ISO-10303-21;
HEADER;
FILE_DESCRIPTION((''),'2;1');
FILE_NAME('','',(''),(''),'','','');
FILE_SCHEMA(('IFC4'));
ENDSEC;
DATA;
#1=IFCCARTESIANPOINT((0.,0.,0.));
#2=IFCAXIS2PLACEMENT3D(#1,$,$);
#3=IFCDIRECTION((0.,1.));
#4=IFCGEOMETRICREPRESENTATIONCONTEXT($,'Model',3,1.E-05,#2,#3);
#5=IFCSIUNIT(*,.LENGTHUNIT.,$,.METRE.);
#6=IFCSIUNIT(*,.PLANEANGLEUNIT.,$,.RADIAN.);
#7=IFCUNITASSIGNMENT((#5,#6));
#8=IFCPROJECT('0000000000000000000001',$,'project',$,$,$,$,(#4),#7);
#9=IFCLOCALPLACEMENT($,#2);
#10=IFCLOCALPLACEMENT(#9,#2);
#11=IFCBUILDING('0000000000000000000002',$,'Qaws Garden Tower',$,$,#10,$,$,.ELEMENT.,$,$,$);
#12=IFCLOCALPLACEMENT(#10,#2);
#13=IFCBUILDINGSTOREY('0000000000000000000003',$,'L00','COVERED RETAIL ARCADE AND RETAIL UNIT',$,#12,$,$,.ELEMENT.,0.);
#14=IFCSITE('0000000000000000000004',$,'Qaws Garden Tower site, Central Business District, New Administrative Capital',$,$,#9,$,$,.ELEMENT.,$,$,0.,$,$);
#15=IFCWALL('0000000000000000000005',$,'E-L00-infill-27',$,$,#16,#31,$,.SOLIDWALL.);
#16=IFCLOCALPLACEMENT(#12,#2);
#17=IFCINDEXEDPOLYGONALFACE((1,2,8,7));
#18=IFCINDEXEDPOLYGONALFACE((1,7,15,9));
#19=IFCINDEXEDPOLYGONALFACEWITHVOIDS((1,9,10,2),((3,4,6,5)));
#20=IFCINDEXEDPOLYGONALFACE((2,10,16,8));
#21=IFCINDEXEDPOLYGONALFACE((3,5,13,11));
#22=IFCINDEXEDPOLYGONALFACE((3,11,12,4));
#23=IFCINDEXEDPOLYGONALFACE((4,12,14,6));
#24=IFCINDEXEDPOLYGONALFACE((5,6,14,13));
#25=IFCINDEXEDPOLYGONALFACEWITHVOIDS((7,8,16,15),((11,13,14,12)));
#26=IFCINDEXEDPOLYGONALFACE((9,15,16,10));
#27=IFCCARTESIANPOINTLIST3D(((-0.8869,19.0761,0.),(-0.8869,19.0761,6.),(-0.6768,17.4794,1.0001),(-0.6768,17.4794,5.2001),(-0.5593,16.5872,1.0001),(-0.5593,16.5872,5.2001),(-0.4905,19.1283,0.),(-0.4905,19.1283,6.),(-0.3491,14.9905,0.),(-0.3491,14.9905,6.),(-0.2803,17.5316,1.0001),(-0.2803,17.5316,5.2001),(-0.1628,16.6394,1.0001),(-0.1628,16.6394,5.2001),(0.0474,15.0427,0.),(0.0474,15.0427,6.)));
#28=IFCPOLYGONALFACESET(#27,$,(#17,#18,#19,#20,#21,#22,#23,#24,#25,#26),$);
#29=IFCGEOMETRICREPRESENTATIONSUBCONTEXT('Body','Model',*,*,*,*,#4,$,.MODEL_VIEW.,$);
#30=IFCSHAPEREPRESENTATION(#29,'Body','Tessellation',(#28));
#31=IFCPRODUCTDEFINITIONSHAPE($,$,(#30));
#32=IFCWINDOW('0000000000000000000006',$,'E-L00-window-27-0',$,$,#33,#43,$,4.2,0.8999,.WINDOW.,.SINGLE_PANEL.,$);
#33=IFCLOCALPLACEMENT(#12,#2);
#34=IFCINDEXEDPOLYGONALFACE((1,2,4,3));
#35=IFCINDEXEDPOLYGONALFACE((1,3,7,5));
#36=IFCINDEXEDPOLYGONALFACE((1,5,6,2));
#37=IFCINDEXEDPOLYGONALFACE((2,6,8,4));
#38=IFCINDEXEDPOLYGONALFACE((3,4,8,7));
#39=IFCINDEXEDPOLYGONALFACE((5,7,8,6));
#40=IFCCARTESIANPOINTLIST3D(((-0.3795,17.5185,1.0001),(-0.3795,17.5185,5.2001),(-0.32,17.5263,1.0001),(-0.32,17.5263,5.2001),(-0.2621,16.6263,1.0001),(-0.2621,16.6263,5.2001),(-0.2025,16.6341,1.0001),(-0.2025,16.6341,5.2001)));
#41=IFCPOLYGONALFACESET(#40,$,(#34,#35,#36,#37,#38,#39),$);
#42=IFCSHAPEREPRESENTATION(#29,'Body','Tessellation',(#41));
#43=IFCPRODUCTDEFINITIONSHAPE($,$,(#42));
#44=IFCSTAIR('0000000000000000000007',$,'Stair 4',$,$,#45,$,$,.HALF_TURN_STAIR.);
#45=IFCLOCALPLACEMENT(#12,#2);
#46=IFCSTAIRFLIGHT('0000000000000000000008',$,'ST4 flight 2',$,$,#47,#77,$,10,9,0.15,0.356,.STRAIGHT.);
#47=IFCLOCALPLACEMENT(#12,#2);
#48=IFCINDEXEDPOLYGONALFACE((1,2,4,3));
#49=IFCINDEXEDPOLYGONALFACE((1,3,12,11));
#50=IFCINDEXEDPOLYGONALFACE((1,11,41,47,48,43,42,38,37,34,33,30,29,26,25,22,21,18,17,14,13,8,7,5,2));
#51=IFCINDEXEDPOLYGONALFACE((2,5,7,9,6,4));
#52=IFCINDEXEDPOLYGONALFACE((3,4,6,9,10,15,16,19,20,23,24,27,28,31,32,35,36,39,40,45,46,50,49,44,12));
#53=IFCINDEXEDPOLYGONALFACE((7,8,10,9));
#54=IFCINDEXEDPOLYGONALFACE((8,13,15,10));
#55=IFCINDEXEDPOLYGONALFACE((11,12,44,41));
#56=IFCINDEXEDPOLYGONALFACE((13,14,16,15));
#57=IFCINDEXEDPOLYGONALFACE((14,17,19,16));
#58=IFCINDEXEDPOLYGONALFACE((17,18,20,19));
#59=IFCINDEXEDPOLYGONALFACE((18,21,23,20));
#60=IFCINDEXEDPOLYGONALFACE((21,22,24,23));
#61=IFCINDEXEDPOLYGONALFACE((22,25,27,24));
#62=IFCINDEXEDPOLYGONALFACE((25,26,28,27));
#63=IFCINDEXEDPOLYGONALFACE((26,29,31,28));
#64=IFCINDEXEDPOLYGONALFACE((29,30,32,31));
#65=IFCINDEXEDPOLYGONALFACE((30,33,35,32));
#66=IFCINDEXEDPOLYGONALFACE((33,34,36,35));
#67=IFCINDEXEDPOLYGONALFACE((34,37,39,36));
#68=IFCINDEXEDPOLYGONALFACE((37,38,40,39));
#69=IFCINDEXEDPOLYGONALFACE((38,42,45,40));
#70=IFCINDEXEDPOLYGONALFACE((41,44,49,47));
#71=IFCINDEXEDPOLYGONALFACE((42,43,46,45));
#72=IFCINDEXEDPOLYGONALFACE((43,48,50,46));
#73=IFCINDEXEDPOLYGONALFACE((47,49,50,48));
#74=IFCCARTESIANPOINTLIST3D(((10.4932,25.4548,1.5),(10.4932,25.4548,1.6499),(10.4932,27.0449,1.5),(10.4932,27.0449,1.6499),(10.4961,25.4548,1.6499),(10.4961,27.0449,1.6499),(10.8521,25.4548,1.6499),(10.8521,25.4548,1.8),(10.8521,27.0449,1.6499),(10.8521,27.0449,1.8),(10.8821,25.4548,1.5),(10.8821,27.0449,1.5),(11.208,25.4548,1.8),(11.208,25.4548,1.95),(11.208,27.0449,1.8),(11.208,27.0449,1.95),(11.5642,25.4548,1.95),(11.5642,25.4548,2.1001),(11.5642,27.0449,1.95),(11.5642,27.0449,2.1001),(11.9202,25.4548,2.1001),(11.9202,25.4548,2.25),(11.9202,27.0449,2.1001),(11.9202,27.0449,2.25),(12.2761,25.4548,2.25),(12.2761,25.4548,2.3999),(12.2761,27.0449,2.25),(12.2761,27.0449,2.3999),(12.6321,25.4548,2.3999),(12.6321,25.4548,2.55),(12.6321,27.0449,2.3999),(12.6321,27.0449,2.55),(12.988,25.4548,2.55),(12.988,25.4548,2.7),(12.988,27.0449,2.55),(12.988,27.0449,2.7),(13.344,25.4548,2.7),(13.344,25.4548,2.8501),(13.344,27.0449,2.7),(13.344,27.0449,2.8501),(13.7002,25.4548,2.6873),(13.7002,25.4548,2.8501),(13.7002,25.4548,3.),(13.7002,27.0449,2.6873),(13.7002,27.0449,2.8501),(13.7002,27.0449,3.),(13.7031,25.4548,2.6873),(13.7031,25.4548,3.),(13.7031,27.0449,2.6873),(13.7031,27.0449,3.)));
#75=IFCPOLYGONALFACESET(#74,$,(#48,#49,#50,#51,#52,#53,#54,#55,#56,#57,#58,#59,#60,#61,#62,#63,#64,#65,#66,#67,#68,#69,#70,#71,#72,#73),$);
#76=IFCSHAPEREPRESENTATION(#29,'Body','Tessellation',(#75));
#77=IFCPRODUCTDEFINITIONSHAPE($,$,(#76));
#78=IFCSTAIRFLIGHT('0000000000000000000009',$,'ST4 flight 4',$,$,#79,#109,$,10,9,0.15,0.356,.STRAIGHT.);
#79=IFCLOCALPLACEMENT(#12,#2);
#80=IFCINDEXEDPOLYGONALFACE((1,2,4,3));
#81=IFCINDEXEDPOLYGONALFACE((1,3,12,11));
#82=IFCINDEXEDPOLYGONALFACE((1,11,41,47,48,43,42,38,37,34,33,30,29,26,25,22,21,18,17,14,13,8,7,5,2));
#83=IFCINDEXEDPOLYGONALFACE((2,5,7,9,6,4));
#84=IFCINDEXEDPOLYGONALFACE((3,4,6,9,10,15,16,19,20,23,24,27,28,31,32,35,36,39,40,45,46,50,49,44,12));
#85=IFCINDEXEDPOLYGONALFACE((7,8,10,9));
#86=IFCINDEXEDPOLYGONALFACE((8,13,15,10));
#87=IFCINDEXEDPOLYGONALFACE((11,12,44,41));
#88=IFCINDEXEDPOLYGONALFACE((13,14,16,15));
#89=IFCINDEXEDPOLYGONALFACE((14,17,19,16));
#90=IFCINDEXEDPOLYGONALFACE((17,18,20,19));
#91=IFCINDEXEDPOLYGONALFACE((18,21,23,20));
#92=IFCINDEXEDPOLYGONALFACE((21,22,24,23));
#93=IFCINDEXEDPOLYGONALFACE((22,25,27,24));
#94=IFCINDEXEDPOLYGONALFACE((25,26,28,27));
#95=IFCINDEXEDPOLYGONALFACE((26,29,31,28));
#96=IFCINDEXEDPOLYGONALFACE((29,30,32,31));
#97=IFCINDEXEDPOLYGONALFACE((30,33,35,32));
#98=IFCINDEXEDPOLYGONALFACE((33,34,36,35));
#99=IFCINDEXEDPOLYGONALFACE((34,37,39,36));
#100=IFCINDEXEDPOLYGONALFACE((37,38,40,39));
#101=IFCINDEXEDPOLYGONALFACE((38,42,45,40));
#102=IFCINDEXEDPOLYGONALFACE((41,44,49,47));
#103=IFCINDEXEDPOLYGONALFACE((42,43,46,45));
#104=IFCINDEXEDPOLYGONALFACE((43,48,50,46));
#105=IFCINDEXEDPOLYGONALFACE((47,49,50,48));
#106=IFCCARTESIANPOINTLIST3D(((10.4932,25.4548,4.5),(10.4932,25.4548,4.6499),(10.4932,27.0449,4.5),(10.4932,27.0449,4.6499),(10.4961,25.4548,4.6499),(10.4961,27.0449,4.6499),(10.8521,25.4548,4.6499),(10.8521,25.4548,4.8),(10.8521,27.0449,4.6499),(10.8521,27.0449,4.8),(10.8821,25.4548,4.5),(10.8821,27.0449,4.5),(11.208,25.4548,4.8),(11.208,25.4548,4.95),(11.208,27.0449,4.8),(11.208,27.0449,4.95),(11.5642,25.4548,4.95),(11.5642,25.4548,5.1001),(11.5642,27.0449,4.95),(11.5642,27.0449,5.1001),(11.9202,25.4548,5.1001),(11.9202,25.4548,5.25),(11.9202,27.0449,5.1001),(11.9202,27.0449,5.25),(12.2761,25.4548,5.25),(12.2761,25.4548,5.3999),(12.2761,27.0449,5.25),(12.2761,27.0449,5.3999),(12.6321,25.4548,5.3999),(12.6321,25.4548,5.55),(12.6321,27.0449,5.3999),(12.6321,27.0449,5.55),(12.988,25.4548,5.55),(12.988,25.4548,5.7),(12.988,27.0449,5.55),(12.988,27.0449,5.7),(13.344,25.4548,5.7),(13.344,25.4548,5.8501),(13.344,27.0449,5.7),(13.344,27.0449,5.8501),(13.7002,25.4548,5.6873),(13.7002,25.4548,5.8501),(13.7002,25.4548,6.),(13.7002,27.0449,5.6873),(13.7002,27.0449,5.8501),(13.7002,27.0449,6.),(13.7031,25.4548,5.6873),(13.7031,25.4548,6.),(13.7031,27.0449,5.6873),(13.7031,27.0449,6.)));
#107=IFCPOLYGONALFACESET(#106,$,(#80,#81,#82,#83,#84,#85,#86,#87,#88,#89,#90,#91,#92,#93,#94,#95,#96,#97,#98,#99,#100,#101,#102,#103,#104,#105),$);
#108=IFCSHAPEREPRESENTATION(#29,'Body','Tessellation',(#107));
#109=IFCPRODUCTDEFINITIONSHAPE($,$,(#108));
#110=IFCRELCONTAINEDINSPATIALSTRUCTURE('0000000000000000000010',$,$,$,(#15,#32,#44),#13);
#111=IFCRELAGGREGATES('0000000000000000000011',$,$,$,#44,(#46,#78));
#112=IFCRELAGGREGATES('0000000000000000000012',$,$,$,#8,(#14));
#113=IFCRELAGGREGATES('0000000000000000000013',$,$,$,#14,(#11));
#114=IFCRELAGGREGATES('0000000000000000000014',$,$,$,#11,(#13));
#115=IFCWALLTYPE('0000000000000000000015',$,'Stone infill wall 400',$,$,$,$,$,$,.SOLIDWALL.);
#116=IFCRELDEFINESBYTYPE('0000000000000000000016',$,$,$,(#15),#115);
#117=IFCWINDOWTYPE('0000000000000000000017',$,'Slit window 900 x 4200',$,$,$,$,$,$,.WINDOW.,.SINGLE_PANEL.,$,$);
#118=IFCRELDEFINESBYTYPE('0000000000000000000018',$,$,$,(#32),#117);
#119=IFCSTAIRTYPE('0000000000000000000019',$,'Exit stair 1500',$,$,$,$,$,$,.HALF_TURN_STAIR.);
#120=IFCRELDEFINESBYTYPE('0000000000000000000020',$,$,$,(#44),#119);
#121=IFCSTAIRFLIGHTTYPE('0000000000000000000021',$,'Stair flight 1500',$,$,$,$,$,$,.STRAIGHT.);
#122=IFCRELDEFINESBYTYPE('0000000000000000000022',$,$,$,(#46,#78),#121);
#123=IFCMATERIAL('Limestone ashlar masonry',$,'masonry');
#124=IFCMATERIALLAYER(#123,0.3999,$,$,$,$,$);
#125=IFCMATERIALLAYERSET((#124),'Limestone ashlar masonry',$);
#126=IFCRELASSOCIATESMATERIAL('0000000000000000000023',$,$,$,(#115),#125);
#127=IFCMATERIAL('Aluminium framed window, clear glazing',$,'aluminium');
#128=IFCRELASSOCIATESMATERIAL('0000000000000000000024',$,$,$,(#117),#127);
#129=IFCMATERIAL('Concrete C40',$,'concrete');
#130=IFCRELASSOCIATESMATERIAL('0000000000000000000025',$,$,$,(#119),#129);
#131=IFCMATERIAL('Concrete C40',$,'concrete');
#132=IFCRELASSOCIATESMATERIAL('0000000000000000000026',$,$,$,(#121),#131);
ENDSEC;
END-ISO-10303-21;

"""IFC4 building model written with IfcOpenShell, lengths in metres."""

from ifc_helpers import new_model, si_unit, direction, frame, frame_2d, origin, place, context, subcontext, project, spatial, polyline, rectangle, outline, extrude, material, layer, layer_set, type_object, element, fill, aggregate, save


model = new_model("IFC4")

# Units and contexts
model_context = context("Model", 3, precision=1e-05, world=origin(), true_north=direction((0.0, 1.0)))
body_context = subcontext(model_context, "Body", "Model", "MODEL_VIEW")
ifc_project = project(units=[si_unit("LENGTHUNIT", "METRE"), si_unit("PLANEANGLEUNIT", "RADIAN")], contexts=[model_context])

# Site, building, storey
site_placement = place(None, origin())
site = spatial("IfcSite", under=ifc_project, at=site_placement, Name="Qaws Garden Tower site, Central Business District, New Administrative Capital", CompositionType="ELEMENT", RefElevation=0.0)
building_placement = place(site_placement, origin())
building = spatial("IfcBuilding", under=site, at=building_placement, Name="Qaws Garden Tower", CompositionType="ELEMENT")
storey_placement = place(building_placement, origin())
storey = spatial("IfcBuildingStorey", under=building, at=storey_placement, Name="L00", Description="COVERED RETAIL ARCADE AND RETAIL UNIT", CompositionType="ELEMENT", Elevation=0.0)

# Shared definitions
ifc_material_1 = material(Name="Limestone ashlar masonry", Category="masonry")
ifc_layer_1 = layer(ifc_material_1, 0.3999)
ifc_layer_set_1 = layer_set([ifc_layer_1], Name="Limestone ashlar masonry")
wall_type_1 = type_object("IfcWallType", Name="Stone infill wall 400", PredefinedType="SOLIDWALL", material=ifc_layer_set_1)
ifc_material_2 = material(Name="Aluminium framed window, clear glazing", Category="aluminium")
window_type = type_object("IfcWindowType", Name="Slit window 900 x 4200", PartitioningType="SINGLE_PANEL", PredefinedType="WINDOW", material=ifc_material_2)

# Wall, opening, window
wall_1_placement = place(storey_placement, frame((-0.6887, 19.1023, 0.0), z_axis=(0.0, 0.0, 1.0), x_axis=(0.130514, -0.991446, 0.0)))
wall_1 = element("IfcWall", 1, at=wall_1_placement, inside=storey, type_object=wall_type_1, Name="E-L00-infill-27", PredefinedType="SOLIDWALL", context=body_context, shape_type="SweptSolid", body=[
    extrude(rectangle(XDim=4.1208, YDim=0.3999, at=frame_2d((2.0605, 0.0))), origin(), (0.0, 0.0, 1.0), 6.0),
])
opening_1_placement = place(wall_1_placement, frame((1.6106, 0.0, 1.0)))
opening_1 = element("IfcOpeningElement", 2, at=opening_1_placement, cuts=wall_1, PredefinedType="OPENING", context=body_context, shape_type="SweptSolid", body=[
    extrude(rectangle(XDim=0.8999, YDim=4.2, at=frame_2d((0.45, 2.1001))), frame((0.0, 0.21, 0.0), z_axis=(0.0, -1.0, 0.0), x_axis=(1.0, 0.0, 0.0)), (0.0, 0.0, 1.0), 0.4199),
])
window_1_placement = place(opening_1_placement, origin())
window_1 = element("IfcWindow", 3, at=window_1_placement, inside=storey, type_object=window_type, Name="E-L00-window-27-0", OverallHeight=4.2, OverallWidth=0.8999, PartitioningType="SINGLE_PANEL", PredefinedType="WINDOW", context=body_context, shape_type="SweptSolid", body=[
    extrude(rectangle(XDim=0.8999, YDim=4.2, at=frame_2d((0.45, 2.1001))), frame((0.0, 0.1599, 0.0), z_axis=(0.0, -1.0, 0.0), x_axis=(1.0, 0.0, 0.0)), (0.0, 0.0, 1.0), 0.0601),
])
fill(opening_1, window_1)

# Stair, stair flights
ifc_material_3 = material(Name="Concrete C40", Category="concrete")
stair_type = type_object("IfcStairType", Name="Exit stair 1500", PredefinedType="HALF_TURN_STAIR", material=ifc_material_3)
stair_placement = place(storey_placement, origin())
stair = element("IfcStair", 4, at=stair_placement, inside=storey, type_object=stair_type, Name="Stair 4", PredefinedType="HALF_TURN_STAIR")
ifc_material_4 = material(Name="Concrete C40", Category="concrete")
stair_flight_type = type_object("IfcStairFlightType", Name="Stair flight 1500", PredefinedType="STRAIGHT", material=ifc_material_4)
stair_flight_1_placement = place(storey_placement, frame((10.4961, 26.25, 1.5), z_axis=(0.0, 0.0, 1.0), x_axis=(1.0, 0.0, 0.0)))
stair_flight_1 = element("IfcStairFlight", 5, at=stair_flight_1_placement, type_object=stair_flight_type, Name="ST4 flight 2", NumberOfRisers=10, NumberOfTreads=9, PredefinedType="STRAIGHT", RiserHeight=0.15, TreadLength=0.356, context=body_context, shape_type="SweptSolid", body=[
    extrude(outline(polyline([(-0.0029, 0.0), (-0.0029, 0.1499), (0.0, 0.1499), (0.356, 0.1499), (0.356, 0.3), (0.7119, 0.3), (0.7119, 0.45), (1.0681, 0.45), (1.0681, 0.6001), (1.4241, 0.6001), (1.4241, 0.75), (1.78, 0.75), (1.78, 0.8999), (2.136, 0.8999), (2.136, 1.05), (2.4919, 1.05), (2.4919, 1.2), (2.8479, 1.2), (2.8479, 1.3501), (3.2041, 1.3501), (3.2041, 1.5), (3.207, 1.5), (3.207, 1.1873), (3.2041, 1.1873), (0.386, 0.0), (-0.0029, 0.0)])), frame((0.0, 0.7949, 0.0), z_axis=(0.0, -1.0, 0.0), x_axis=(1.0, 0.0, 0.0)), (0.0, 0.0, 1.0), 1.5901),
])
stair_flight_2_placement = place(storey_placement, frame((10.4961, 26.25, 4.5), z_axis=(0.0, 0.0, 1.0), x_axis=(1.0, 0.0, 0.0)))
stair_flight_2 = element("IfcStairFlight", 6, at=stair_flight_2_placement, type_object=stair_flight_type, Name="ST4 flight 4", NumberOfRisers=10, NumberOfTreads=9, PredefinedType="STRAIGHT", RiserHeight=0.15, TreadLength=0.356, context=body_context, shape_type="SweptSolid", body=[
    extrude(outline(polyline([(-0.0029, 0.0), (-0.0029, 0.1499), (0.0, 0.1499), (0.356, 0.1499), (0.356, 0.3), (0.7119, 0.3), (0.7119, 0.45), (1.0681, 0.45), (1.0681, 0.6001), (1.4241, 0.6001), (1.4241, 0.75), (1.78, 0.75), (1.78, 0.8999), (2.136, 0.8999), (2.136, 1.05), (2.4919, 1.05), (2.4919, 1.2), (2.8479, 1.2), (2.8479, 1.3501), (3.2041, 1.3501), (3.2041, 1.5), (3.207, 1.5), (3.207, 1.1873), (3.2041, 1.1873), (0.386, 0.0), (-0.0029, 0.0)])), frame((0.0, 0.7949, 0.0), z_axis=(0.0, -1.0, 0.0), x_axis=(1.0, 0.0, 0.0)), (0.0, 0.0, 1.0), 1.5901),
])
aggregate(stair, [stair_flight_1, stair_flight_2])

save(model, "model.ifc")
